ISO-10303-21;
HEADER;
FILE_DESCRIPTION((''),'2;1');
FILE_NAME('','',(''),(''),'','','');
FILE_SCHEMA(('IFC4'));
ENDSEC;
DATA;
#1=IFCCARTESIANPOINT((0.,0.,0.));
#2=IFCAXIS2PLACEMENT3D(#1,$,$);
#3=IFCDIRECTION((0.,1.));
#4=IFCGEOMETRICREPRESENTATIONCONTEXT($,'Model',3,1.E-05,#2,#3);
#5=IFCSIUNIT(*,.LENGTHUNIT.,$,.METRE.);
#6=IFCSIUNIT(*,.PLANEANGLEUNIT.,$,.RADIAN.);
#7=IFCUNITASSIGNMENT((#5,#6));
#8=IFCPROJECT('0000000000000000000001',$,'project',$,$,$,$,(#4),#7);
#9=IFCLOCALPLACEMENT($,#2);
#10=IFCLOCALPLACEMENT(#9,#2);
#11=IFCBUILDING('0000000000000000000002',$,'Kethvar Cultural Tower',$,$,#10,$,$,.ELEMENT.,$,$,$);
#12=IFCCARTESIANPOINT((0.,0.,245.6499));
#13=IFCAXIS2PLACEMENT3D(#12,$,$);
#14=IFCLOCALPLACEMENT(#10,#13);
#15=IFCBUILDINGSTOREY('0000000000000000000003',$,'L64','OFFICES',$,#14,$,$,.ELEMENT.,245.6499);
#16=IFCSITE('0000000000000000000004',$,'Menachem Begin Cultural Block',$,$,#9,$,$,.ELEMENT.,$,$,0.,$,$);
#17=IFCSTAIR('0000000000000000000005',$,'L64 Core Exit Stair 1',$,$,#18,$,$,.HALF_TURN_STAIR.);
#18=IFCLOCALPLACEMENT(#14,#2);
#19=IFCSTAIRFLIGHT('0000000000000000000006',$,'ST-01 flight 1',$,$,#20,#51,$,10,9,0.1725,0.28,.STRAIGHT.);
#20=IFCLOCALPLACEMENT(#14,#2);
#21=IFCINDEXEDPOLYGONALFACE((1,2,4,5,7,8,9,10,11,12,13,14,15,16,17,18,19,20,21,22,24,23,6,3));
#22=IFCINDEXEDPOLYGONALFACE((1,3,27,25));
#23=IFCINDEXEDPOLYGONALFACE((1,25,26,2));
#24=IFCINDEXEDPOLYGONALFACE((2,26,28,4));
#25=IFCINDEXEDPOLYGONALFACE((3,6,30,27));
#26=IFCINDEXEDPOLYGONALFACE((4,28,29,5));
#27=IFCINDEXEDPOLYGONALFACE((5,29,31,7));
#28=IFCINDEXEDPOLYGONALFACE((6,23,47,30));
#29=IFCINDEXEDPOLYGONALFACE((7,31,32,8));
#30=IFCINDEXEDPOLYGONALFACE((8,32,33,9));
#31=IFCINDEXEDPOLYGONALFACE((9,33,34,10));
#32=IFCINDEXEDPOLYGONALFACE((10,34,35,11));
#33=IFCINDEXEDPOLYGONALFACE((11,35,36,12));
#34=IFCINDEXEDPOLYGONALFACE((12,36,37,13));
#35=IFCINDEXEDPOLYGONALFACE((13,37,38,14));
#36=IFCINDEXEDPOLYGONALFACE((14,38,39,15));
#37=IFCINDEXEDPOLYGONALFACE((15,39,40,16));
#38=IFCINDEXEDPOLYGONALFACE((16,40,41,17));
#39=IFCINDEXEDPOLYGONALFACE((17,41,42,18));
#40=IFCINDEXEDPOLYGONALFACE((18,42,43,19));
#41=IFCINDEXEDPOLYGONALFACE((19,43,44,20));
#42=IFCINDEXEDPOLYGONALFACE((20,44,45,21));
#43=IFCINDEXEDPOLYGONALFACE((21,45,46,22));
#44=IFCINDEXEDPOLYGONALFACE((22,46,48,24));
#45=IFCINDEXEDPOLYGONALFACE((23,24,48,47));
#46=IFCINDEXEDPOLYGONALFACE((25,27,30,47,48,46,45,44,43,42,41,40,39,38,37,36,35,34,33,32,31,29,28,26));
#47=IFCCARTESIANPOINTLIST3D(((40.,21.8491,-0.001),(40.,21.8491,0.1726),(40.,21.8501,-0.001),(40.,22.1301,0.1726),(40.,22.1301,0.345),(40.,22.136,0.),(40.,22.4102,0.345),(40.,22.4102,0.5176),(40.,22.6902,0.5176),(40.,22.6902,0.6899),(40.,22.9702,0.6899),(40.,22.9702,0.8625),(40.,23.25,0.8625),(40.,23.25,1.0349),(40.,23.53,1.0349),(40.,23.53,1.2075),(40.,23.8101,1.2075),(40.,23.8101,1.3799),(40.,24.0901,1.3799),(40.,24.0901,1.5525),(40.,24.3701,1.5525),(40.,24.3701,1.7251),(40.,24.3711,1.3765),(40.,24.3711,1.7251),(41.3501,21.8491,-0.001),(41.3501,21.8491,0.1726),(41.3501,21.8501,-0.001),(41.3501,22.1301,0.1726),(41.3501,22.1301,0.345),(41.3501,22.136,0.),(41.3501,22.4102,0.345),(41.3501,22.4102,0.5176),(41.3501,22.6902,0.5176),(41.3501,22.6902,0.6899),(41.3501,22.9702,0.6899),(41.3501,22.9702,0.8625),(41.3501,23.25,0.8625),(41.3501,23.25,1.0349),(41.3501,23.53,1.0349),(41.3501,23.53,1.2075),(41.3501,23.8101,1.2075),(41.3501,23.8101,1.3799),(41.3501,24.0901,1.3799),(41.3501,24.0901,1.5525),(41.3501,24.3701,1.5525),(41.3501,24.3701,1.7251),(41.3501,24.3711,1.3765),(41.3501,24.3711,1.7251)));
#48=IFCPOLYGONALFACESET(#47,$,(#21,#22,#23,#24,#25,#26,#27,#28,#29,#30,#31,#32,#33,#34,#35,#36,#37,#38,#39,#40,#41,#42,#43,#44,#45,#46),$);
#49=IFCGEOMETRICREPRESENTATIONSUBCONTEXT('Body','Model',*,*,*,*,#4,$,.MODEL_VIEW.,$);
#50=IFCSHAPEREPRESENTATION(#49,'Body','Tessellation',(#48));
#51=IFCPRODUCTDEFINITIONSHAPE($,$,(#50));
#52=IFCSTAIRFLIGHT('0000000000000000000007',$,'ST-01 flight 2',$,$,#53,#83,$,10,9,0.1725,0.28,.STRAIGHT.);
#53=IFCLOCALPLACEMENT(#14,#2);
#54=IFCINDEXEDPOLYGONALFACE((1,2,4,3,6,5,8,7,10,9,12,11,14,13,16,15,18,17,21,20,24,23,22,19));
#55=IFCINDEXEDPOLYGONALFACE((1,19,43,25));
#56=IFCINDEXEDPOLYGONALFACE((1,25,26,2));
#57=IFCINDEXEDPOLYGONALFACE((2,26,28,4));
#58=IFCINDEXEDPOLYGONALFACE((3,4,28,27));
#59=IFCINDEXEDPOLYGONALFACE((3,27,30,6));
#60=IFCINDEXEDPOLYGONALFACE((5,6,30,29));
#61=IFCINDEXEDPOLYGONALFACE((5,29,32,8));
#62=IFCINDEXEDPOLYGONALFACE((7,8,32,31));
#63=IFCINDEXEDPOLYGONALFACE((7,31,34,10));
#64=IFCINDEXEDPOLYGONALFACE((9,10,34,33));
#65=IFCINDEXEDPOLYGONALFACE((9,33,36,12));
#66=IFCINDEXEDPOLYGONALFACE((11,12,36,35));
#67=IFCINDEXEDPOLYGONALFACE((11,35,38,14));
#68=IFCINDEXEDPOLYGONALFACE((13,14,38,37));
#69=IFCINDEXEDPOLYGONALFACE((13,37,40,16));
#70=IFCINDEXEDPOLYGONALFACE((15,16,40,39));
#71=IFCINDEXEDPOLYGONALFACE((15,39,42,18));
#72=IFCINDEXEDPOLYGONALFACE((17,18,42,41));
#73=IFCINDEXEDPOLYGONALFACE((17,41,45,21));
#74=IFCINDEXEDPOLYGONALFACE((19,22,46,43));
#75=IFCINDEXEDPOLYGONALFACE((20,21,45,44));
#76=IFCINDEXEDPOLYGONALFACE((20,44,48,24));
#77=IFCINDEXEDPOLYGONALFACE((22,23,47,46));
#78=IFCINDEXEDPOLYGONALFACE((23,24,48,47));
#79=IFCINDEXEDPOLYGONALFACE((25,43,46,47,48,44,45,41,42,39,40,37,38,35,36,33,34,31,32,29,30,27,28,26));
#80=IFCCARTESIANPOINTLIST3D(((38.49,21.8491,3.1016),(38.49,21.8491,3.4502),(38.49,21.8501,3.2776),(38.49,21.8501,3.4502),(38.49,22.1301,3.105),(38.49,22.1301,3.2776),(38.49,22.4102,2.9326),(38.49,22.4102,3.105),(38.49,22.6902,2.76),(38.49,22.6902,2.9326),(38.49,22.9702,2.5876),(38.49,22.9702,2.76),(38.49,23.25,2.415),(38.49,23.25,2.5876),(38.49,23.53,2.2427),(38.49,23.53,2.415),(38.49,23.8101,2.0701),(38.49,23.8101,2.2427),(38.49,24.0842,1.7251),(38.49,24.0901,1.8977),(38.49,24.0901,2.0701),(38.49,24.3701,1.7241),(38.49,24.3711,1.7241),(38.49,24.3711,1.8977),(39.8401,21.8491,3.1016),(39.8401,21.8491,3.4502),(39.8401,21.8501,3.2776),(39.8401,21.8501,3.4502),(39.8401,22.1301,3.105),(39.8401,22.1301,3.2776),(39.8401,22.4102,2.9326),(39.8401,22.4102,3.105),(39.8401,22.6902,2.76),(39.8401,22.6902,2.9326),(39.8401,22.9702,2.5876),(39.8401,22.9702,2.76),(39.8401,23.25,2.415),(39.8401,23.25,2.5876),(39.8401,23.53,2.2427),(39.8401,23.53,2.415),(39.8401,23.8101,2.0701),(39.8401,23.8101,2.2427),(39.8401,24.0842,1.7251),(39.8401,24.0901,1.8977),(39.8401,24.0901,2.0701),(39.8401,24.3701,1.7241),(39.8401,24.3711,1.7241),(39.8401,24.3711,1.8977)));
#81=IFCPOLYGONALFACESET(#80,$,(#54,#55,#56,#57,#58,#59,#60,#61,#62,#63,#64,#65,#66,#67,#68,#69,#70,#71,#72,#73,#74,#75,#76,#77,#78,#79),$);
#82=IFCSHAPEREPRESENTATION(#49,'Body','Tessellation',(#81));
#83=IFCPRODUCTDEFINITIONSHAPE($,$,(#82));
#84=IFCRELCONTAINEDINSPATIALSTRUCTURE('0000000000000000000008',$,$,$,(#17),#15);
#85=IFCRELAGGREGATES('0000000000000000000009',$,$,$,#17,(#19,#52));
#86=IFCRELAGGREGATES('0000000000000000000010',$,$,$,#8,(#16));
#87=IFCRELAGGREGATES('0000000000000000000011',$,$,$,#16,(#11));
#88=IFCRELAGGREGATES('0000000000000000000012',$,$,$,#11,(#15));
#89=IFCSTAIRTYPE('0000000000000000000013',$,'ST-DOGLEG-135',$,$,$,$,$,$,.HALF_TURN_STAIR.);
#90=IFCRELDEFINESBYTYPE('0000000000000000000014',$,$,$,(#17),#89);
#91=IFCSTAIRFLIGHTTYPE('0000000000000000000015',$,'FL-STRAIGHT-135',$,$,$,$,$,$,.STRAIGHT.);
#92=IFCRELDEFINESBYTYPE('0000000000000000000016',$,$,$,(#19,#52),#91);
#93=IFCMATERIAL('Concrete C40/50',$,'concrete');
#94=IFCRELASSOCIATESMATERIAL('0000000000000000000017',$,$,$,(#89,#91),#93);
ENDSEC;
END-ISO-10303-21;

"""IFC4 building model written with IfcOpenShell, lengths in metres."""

from ifc_helpers import new_model, si_unit, direction, frame, origin, place, context, subcontext, project, spatial, polyline, outline, extrude, material, type_object, element, aggregate, save


model = new_model("IFC4")

# Units and contexts
model_context = context("Model", 3, precision=1e-05, world=origin(), true_north=direction((0.0, 1.0)))
body_context = subcontext(model_context, "Body", "Model", "MODEL_VIEW")
ifc_project = project(units=[si_unit("LENGTHUNIT", "METRE"), si_unit("PLANEANGLEUNIT", "RADIAN")], contexts=[model_context])

# Site, building, storey
site_placement = place(None, origin())
site = spatial("IfcSite", under=ifc_project, at=site_placement, Name="Menachem Begin Cultural Block", CompositionType="ELEMENT", RefElevation=0.0)
building_placement = place(site_placement, origin())
building = spatial("IfcBuilding", under=site, at=building_placement, Name="Kethvar Cultural Tower", CompositionType="ELEMENT")
storey_placement = place(building_placement, frame((0.0, 0.0, 245.6499)))
storey = spatial("IfcBuildingStorey", under=building, at=storey_placement, Name="L64", Description="OFFICES", CompositionType="ELEMENT", Elevation=245.6499)

# Stair, stair flights
ifc_material_1 = material(Name="Concrete C40/50", Category="concrete")
stair_type = type_object("IfcStairType", Name="ST-DOGLEG-135", PredefinedType="HALF_TURN_STAIR", material=ifc_material_1)
stair_placement = place(storey_placement, origin())
stair = element("IfcStair", 1, at=stair_placement, inside=storey, type_object=stair_type, Name="L64 Core Exit Stair 1", PredefinedType="HALF_TURN_STAIR")
stair_flight_type = type_object("IfcStairFlightType", Name="FL-STRAIGHT-135", PredefinedType="STRAIGHT", material=ifc_material_1)
stair_flight_1_placement = place(storey_placement, frame((40.675, 21.8501, 0.0), z_axis=(0.0, 0.0, 1.0), x_axis=(0.0, 1.0, 0.0)))
stair_flight_1 = element("IfcStairFlight", 2, at=stair_flight_1_placement, type_object=stair_flight_type, Name="ST-01 flight 1", NumberOfRisers=10, NumberOfTreads=9, PredefinedType="STRAIGHT", RiserHeight=0.1725, TreadLength=0.28, context=body_context, shape_type="SweptSolid", body=[
    extrude(outline(polyline([(-0.001, -0.001), (-0.001, 0.1726), (0.28, 0.1726), (0.28, 0.345), (0.5601, 0.345), (0.5601, 0.5176), (0.8401, 0.5176), (0.8401, 0.6899), (1.1201, 0.6899), (1.1201, 0.8625), (1.3999, 0.8625), (1.3999, 1.0349), (1.6799, 1.0349), (1.6799, 1.2075), (1.96, 1.2075), (1.96, 1.3799), (2.24, 1.3799), (2.24, 1.5525), (2.52, 1.5525), (2.52, 1.7251), (2.521, 1.7251), (2.521, 1.3765), (0.2859, 0.0), (0.0, -0.001), (-0.001, -0.001)])), frame((0.0, 0.675, 0.0), z_axis=(0.0, -1.0, 0.0), x_axis=(1.0, 0.0, 0.0)), (0.0, 0.0, 1.0), 1.3501),
])
stair_flight_2_placement = place(storey_placement, frame((39.165, 24.3701, 1.7251), z_axis=(0.0, 0.0, 1.0), x_axis=(0.0, -1.0, 0.0)))
stair_flight_2 = element("IfcStairFlight", 3, at=stair_flight_2_placement, type_object=stair_flight_type, Name="ST-01 flight 2", NumberOfRisers=10, NumberOfTreads=9, PredefinedType="STRAIGHT", RiserHeight=0.1725, TreadLength=0.28, context=body_context, shape_type="SweptSolid", body=[
    extrude(outline(polyline([(-0.001, -0.001), (-0.001, 0.1726), (0.28, 0.1726), (0.28, 0.345), (0.5601, 0.345), (0.5601, 0.5176), (0.8401, 0.5176), (0.8401, 0.6899), (1.1201, 0.6899), (1.1201, 0.8625), (1.3999, 0.8625), (1.3999, 1.0349), (1.6799, 1.0349), (1.6799, 1.2075), (1.96, 1.2075), (1.96, 1.3799), (2.24, 1.3799), (2.24, 1.5525), (2.52, 1.5525), (2.52, 1.7251), (2.521, 1.7251), (2.521, 1.3765), (0.2859, 0.0), (0.0, -0.001), (-0.001, -0.001)])), frame((0.0, 0.675, 0.0), z_axis=(0.0, -1.0, 0.0), x_axis=(1.0, 0.0, 0.0)), (0.0, 0.0, 1.0), 1.3501),
])
aggregate(stair, [stair_flight_1, stair_flight_2])

save(model, "model.ifc")
